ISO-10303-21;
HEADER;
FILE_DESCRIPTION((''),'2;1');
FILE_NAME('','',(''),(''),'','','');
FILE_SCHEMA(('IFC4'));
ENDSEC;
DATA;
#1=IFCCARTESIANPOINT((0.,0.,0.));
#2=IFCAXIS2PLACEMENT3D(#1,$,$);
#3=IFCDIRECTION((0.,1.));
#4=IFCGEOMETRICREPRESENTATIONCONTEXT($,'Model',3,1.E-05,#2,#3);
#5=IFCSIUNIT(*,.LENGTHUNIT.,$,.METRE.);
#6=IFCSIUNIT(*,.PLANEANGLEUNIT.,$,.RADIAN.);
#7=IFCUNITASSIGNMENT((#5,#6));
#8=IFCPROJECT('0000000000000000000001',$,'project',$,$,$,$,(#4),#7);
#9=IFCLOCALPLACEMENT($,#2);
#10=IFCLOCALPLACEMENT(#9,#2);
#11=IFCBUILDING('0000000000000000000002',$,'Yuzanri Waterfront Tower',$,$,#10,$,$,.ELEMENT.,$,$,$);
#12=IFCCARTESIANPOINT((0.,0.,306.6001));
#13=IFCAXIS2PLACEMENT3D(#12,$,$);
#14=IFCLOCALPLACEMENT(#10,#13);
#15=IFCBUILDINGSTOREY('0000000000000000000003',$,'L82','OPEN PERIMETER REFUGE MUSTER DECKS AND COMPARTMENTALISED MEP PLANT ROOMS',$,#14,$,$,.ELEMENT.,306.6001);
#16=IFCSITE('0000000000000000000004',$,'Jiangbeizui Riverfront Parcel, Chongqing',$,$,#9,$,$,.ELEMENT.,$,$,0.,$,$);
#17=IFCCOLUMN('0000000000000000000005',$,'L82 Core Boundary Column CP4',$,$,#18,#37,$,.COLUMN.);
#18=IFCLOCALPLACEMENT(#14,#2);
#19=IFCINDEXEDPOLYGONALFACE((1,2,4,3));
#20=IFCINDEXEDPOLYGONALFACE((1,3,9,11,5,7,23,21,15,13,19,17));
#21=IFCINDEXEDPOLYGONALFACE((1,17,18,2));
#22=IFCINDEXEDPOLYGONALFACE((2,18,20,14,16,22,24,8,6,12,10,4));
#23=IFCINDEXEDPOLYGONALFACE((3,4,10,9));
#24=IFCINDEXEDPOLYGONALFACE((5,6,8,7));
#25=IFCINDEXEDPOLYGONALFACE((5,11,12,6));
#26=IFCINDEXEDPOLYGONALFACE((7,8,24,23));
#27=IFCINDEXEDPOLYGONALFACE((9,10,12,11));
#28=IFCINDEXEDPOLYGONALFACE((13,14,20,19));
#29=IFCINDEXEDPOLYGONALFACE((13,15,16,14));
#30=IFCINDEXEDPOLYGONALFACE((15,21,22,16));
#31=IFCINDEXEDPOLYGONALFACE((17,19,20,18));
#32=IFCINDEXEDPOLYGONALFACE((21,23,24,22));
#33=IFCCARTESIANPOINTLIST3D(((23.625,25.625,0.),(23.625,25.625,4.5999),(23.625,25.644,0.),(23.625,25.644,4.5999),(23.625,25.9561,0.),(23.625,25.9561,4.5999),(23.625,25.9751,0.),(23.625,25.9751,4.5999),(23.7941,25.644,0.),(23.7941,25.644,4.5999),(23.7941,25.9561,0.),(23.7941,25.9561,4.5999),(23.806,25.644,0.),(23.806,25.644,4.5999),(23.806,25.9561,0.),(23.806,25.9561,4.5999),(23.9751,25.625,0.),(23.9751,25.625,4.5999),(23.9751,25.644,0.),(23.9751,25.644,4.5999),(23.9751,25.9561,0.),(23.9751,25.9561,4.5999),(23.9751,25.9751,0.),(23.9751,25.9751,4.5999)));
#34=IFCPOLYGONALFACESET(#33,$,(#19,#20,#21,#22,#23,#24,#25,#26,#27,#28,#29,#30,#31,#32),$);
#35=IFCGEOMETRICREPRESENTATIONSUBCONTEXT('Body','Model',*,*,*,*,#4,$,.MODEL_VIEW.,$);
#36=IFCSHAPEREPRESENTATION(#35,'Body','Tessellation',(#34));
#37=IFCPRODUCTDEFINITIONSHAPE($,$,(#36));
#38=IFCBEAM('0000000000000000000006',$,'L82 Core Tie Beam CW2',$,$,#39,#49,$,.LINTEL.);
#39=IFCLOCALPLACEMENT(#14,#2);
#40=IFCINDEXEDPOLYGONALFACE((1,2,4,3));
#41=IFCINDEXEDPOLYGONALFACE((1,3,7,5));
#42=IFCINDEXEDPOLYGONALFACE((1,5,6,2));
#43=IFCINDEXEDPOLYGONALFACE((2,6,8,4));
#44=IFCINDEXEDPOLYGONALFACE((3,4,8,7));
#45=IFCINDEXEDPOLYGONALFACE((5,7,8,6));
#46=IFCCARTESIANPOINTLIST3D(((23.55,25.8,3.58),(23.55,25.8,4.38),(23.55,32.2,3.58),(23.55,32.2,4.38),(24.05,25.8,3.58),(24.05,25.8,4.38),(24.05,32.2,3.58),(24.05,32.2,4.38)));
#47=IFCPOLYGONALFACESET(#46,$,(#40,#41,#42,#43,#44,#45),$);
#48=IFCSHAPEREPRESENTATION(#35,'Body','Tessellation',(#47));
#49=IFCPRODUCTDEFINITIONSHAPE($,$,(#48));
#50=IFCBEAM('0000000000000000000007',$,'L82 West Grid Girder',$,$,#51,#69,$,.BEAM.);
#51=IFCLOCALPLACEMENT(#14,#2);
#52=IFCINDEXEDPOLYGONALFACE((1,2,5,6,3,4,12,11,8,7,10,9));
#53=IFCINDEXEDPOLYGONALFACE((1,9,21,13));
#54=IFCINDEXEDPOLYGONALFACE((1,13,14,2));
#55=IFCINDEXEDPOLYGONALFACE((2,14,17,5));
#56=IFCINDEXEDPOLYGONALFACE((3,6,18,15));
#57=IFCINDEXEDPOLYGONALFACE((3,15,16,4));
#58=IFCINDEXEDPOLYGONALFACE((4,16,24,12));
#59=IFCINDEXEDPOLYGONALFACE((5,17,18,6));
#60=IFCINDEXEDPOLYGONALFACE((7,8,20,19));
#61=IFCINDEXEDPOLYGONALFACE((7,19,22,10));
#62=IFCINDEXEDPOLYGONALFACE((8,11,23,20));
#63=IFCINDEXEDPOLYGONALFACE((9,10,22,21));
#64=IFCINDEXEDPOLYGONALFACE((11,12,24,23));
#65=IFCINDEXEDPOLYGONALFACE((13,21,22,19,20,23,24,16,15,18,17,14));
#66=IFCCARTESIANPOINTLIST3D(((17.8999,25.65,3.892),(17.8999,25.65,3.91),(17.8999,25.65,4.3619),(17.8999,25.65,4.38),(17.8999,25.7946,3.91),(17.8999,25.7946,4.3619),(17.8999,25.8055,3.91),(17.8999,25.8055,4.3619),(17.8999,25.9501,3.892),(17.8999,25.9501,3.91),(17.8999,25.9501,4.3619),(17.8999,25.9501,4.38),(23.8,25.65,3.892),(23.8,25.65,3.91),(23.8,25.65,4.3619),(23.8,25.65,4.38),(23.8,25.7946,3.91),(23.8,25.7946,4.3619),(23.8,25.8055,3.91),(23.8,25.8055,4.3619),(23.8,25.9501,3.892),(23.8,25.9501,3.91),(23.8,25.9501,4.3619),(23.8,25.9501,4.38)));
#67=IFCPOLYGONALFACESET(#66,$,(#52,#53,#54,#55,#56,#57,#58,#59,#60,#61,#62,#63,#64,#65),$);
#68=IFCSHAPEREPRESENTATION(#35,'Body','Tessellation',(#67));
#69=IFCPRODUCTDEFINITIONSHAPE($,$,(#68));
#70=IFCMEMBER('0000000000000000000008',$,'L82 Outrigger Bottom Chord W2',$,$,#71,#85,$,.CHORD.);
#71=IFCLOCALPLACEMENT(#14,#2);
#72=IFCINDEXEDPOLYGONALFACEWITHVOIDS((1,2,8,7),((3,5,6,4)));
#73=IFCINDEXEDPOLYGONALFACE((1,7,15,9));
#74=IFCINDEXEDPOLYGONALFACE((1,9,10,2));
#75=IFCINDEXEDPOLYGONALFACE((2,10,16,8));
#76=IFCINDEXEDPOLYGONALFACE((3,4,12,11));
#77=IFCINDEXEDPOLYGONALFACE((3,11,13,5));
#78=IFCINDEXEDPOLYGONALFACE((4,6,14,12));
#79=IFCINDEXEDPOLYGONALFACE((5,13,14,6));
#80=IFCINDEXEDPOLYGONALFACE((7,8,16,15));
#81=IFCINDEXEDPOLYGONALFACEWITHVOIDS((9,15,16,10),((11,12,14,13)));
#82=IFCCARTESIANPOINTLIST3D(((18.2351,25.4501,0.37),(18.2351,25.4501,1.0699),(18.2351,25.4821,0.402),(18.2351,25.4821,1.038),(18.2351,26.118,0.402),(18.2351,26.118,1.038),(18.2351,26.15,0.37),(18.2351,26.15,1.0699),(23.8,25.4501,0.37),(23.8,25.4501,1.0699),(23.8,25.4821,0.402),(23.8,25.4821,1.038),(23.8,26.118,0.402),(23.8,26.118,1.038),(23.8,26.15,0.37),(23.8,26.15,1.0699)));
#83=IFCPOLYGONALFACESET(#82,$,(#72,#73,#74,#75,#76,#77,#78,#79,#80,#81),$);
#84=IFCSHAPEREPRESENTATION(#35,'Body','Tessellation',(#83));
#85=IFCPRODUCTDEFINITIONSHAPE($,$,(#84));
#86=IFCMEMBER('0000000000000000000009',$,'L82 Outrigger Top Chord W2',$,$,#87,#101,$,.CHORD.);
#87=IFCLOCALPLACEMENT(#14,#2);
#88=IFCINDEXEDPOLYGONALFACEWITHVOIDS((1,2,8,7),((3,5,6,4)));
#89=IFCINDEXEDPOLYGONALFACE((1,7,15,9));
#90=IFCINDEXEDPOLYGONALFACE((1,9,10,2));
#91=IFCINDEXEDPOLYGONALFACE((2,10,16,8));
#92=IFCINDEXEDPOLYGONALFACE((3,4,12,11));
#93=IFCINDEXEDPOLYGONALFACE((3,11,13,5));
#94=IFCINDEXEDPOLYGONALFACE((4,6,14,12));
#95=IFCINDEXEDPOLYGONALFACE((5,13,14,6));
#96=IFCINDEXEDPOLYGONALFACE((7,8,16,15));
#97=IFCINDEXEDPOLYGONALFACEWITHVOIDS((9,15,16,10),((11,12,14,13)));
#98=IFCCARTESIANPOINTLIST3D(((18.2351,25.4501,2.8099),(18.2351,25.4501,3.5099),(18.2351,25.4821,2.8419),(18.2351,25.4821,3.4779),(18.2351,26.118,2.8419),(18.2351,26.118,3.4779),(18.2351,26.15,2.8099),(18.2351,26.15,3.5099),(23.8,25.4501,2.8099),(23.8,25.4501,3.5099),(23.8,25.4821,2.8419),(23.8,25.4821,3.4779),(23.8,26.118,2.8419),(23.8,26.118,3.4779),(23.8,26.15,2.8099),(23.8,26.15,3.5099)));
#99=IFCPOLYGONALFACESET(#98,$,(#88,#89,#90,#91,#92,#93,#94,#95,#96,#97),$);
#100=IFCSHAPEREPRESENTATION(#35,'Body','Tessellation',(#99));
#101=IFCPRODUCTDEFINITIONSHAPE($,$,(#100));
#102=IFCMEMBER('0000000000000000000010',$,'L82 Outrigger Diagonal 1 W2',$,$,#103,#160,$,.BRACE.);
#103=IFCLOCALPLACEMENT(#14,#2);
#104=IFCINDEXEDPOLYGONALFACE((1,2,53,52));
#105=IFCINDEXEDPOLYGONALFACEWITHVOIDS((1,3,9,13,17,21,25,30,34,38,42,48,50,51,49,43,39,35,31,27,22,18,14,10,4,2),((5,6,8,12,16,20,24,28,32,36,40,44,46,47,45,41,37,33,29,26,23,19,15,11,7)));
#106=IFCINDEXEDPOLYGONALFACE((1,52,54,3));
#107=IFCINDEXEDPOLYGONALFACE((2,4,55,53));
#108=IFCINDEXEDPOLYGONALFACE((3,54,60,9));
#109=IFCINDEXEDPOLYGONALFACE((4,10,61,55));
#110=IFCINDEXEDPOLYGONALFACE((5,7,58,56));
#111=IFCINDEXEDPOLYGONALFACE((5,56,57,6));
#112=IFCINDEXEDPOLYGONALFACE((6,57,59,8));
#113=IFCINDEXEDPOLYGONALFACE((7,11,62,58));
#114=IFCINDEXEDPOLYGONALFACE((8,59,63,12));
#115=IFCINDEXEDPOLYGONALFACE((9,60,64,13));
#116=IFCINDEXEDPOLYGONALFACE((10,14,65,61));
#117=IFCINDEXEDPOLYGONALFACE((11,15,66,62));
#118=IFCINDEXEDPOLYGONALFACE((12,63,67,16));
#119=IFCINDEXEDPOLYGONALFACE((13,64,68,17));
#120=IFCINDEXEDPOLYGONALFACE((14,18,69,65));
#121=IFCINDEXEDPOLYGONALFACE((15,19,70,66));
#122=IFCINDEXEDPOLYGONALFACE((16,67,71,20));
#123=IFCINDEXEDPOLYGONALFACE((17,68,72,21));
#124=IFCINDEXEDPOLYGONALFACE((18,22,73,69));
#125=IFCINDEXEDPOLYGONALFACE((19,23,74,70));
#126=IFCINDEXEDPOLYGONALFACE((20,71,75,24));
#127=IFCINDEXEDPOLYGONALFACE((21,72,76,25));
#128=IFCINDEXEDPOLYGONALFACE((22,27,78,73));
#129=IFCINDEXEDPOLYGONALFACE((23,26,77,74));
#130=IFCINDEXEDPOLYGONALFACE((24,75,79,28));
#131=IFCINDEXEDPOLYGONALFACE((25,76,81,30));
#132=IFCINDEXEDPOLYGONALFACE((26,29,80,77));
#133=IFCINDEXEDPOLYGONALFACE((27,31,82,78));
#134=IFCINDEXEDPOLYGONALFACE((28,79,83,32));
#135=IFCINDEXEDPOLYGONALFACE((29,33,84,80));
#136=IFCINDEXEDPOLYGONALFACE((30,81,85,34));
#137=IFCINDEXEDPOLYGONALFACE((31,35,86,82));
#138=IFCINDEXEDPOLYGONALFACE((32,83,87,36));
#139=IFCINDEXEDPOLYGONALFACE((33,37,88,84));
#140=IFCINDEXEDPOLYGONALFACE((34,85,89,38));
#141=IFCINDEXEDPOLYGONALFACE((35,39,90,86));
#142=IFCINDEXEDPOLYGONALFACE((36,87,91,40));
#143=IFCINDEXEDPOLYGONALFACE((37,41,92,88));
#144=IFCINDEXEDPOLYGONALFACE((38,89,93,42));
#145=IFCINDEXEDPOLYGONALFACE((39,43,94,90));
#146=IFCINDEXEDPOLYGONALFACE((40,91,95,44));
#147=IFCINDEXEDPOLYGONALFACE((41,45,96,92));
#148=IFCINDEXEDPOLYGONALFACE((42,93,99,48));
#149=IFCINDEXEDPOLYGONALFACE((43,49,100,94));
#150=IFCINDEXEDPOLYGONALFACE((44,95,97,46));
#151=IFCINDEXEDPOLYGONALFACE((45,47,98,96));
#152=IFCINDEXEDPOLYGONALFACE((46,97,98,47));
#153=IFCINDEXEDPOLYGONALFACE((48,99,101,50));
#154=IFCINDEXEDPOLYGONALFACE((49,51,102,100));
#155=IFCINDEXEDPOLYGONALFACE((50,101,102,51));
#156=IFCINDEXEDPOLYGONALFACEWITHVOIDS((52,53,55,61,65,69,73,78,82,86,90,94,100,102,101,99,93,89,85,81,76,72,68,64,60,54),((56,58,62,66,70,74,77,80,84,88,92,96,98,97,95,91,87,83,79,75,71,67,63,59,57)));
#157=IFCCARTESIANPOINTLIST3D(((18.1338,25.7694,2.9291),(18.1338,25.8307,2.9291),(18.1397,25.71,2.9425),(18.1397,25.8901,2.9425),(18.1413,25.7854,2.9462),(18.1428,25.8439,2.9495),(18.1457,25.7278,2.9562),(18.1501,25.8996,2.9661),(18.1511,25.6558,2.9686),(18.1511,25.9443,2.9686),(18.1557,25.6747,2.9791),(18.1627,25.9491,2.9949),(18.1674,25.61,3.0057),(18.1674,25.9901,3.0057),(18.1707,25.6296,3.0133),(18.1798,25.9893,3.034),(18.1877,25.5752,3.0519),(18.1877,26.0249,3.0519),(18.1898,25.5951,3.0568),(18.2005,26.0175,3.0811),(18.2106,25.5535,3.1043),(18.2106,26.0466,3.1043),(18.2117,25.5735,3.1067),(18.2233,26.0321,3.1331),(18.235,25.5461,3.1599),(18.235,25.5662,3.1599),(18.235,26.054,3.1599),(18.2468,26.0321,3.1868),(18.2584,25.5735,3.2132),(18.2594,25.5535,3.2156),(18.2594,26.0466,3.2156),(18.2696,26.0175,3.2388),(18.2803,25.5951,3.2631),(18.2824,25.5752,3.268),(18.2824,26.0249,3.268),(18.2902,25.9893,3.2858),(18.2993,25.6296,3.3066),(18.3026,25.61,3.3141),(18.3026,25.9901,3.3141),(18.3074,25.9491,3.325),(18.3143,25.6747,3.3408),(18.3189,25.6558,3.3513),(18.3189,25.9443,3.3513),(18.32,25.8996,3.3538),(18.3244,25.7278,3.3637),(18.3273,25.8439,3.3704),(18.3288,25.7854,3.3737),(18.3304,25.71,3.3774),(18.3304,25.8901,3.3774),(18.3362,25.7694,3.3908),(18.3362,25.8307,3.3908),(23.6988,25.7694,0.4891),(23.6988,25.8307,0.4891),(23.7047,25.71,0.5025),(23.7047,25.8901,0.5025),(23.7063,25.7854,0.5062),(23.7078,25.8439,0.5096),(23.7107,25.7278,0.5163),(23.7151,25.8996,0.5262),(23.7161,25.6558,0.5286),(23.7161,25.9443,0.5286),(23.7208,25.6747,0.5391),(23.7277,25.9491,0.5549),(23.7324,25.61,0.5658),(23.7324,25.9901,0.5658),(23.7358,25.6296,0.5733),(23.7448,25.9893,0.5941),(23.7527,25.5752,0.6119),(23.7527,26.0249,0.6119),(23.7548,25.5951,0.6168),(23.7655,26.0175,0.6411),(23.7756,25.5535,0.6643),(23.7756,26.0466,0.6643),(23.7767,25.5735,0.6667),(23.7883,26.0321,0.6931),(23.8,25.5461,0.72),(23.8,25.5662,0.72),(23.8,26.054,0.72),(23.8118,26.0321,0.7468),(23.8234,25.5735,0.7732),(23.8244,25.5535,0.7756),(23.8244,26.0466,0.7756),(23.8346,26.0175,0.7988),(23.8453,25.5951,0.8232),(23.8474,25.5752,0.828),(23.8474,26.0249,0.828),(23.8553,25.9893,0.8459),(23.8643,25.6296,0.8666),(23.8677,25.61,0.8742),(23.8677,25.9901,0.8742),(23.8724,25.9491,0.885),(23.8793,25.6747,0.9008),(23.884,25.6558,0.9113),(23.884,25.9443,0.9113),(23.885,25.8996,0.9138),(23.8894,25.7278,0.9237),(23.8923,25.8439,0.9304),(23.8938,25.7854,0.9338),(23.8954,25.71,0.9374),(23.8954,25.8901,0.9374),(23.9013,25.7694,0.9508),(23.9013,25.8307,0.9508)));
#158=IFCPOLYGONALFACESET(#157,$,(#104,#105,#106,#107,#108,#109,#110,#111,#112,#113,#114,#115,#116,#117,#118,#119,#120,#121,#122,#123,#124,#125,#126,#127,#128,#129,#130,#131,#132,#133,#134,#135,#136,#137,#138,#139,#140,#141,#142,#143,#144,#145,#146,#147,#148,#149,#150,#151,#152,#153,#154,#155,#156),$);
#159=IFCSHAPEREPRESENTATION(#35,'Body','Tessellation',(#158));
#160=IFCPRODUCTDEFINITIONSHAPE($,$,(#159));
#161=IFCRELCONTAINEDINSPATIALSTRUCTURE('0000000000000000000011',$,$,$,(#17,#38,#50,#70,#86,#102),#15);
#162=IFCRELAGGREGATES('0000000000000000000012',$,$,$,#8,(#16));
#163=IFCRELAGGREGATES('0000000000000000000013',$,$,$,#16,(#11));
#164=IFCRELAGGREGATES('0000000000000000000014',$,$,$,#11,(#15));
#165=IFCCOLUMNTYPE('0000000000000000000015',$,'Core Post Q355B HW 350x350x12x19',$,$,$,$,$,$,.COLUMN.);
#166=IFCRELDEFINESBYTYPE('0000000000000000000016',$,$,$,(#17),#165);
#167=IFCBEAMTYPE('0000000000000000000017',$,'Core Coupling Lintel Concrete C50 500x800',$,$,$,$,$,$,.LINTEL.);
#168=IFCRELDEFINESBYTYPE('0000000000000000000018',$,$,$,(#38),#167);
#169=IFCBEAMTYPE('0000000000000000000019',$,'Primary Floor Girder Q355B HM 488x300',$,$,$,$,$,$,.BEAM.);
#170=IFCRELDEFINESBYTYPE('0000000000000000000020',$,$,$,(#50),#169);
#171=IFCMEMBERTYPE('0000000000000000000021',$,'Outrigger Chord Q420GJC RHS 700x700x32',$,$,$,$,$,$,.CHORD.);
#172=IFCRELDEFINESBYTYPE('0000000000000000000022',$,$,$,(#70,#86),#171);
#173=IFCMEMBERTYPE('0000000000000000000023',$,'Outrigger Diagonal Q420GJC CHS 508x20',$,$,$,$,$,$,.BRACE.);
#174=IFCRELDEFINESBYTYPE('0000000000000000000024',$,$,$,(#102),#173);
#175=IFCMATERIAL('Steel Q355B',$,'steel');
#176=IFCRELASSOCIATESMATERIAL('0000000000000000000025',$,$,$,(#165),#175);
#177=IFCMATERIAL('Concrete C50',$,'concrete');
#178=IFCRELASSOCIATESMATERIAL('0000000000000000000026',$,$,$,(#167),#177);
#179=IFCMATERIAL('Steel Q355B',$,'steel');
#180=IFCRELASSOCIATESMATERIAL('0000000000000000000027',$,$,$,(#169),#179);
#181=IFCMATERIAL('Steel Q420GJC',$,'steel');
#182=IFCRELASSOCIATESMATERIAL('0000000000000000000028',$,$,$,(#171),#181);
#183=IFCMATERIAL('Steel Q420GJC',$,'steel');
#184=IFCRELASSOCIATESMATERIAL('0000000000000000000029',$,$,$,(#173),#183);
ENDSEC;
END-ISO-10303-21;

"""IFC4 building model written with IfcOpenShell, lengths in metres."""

from ifc_helpers import new_model, si_unit, direction, frame, origin, origin_2d, place, context, subcontext, project, spatial, rectangle, hollow_rectangle, hollow_circle, i_section, extrude, source, transform, mapped, material, material_profile, profile_set, type_object, element, save


model = new_model("IFC4")

# Units and contexts
model_context = context("Model", 3, precision=1e-05, world=origin(), true_north=direction((0.0, 1.0)))
body_context = subcontext(model_context, "Body", "Model", "MODEL_VIEW")
ifc_project = project(units=[si_unit("LENGTHUNIT", "METRE"), si_unit("PLANEANGLEUNIT", "RADIAN")], contexts=[model_context])

# Site, building, storey
site_placement = place(None, origin())
site = spatial("IfcSite", under=ifc_project, at=site_placement, Name="Jiangbeizui Riverfront Parcel, Chongqing", CompositionType="ELEMENT", RefElevation=0.0)
building_placement = place(site_placement, origin())
building = spatial("IfcBuilding", under=site, at=building_placement, Name="Yuzanri Waterfront Tower", CompositionType="ELEMENT")
storey_placement = place(building_placement, frame((0.0, 0.0, 306.6001)))
storey = spatial("IfcBuildingStorey", under=building, at=storey_placement, Name="L82", Description="OPEN PERIMETER REFUGE MUSTER DECKS AND COMPARTMENTALISED MEP PLANT ROOMS", CompositionType="ELEMENT", Elevation=306.6001)

# Column
ifc_material_1 = material(Name="Steel Q355B", Category="steel")
ifc_material_profile_1 = material_profile(ifc_material_1, i_section(OverallWidth=0.3501, OverallDepth=0.3501, WebThickness=0.012, FlangeThickness=0.019, at=origin_2d()), Name="HW 350x350x12x19")
ifc_profile_set_1 = profile_set([ifc_material_profile_1], Name="Steel Q355B")
column_type = type_object("IfcColumnType", Name="Core Post Q355B HW 350x350x12x19", PredefinedType="COLUMN", material=ifc_profile_set_1)
shared_shape_1 = source(origin(), body_context, "Body", "SweptSolid", [
    extrude(i_section(OverallWidth=0.3501, OverallDepth=0.3501, WebThickness=0.012, FlangeThickness=0.019, at=origin_2d()), origin(), (0.0, 0.0, 1.0), 4.5999),
])
column_placement = place(storey_placement, frame((23.8, 25.8, 0.0), z_axis=(0.0, 0.0, 1.0), x_axis=(1.0, 0.0, 0.0)))
element("IfcColumn", 1, at=column_placement, inside=storey, type_object=column_type, Name="L82 Core Boundary Column CP4", PredefinedType="COLUMN", context=body_context, shape_type="MappedRepresentation", body=[
    mapped(shared_shape_1, transform((0.0, 0.0, 0.0), scale=1.0)),
])

# Beams
ifc_material_2 = material(Name="Concrete C50", Category="concrete")
ifc_material_profile_2 = material_profile(ifc_material_2, rectangle(XDim=0.5, YDim=0.8, at=origin_2d()), Name="RC 500x800")
ifc_profile_set_2 = profile_set([ifc_material_profile_2], Name="Concrete C50")
beam_type_1 = type_object("IfcBeamType", Name="Core Coupling Lintel Concrete C50 500x800", PredefinedType="LINTEL", material=ifc_profile_set_2)
shared_shape_2 = source(origin(), body_context, "Body", "SweptSolid", [
    extrude(rectangle(XDim=0.5, YDim=0.8, at=origin_2d()), origin(), (0.0, 0.0, 1.0), 6.3999),
])
beam_1_placement = place(storey_placement, frame((23.8, 25.8, 3.98), z_axis=(0.0, 1.0, 0.0), x_axis=(-1.0, 0.0, 0.0)))
element("IfcBeam", 2, at=beam_1_placement, inside=storey, type_object=beam_type_1, Name="L82 Core Tie Beam CW2", PredefinedType="LINTEL", context=body_context, shape_type="MappedRepresentation", body=[
    mapped(shared_shape_2, transform((0.0, 0.0, 0.0), scale=1.0)),
])
ifc_material_3 = material(Name="Steel Q355B", Category="steel")
ifc_material_profile_3 = material_profile(ifc_material_3, i_section(OverallWidth=0.3, OverallDepth=0.488, WebThickness=0.011, FlangeThickness=0.0181, at=origin_2d()), Name="HM 488x300x11x18")
ifc_profile_set_3 = profile_set([ifc_material_profile_3], Name="Steel Q355B")
beam_type_2 = type_object("IfcBeamType", Name="Primary Floor Girder Q355B HM 488x300", PredefinedType="BEAM", material=ifc_profile_set_3)
shared_shape_3 = source(origin(), body_context, "Body", "SweptSolid", [
    extrude(i_section(OverallWidth=0.3, OverallDepth=0.488, WebThickness=0.011, FlangeThickness=0.0181, at=origin_2d()), origin(), (0.0, 0.0, 1.0), 5.9001),
])
beam_2_placement = place(storey_placement, frame((23.8, 25.8, 4.136), z_axis=(-1.0, 0.0, 0.0), x_axis=(0.0, -1.0, 0.0)))
element("IfcBeam", 3, at=beam_2_placement, inside=storey, type_object=beam_type_2, Name="L82 West Grid Girder", PredefinedType="BEAM", context=body_context, shape_type="MappedRepresentation", body=[
    mapped(shared_shape_3, transform((0.0, 0.0, 0.0), scale=1.0)),
])

# Members
ifc_material_4 = material(Name="Steel Q420GJC", Category="steel")
ifc_material_profile_4 = material_profile(ifc_material_4, hollow_rectangle(XDim=0.7, YDim=0.7, WallThickness=0.032, at=origin_2d()), Name="RHS 700x700x32")
ifc_profile_set_4 = profile_set([ifc_material_profile_4], Name="Steel Q420GJC")
member_type_1 = type_object("IfcMemberType", Name="Outrigger Chord Q420GJC RHS 700x700x32", PredefinedType="CHORD", material=ifc_profile_set_4)
shared_shape_4 = source(origin(), body_context, "Body", "SweptSolid", [
    extrude(hollow_rectangle(XDim=0.7, YDim=0.7, WallThickness=0.032, at=origin_2d()), origin(), (0.0, 0.0, 1.0), 5.5649),
])
for number, where, z_axis, x_axis, name in (
    (4, (23.8, 25.8, 0.72), (-1.0, 0.0, 0.0), (0.0, -1.0, 0.0), "L82 Outrigger Bottom Chord W2"),
    (5, (23.8, 25.8, 3.1599), (-1.0, 0.0, 0.0), (0.0, -1.0, 0.0), "L82 Outrigger Top Chord W2"),
):
    element("IfcMember", number, at=place(storey_placement, frame(where, z_axis=z_axis, x_axis=x_axis)), inside=storey, type_object=member_type_1, Name=name, PredefinedType="CHORD", context=body_context, shape_type="MappedRepresentation", body=[
        mapped(shared_shape_4, transform((0.0, 0.0, 0.0), scale=1.0)),
    ])
ifc_material_5 = material(Name="Steel Q420GJC", Category="steel")
ifc_material_profile_5 = material_profile(ifc_material_5, hollow_circle(Radius=0.2539, WallThickness=0.02, at=origin_2d()), Name="CHS 508x20")
ifc_profile_set_5 = profile_set([ifc_material_profile_5], Name="Steel Q420GJC")
member_type_2 = type_object("IfcMemberType", Name="Outrigger Diagonal Q420GJC CHS 508x20", PredefinedType="BRACE", material=ifc_profile_set_5)
shared_shape_5 = source(origin(), body_context, "Body", "SweptSolid", [
    extrude(hollow_circle(Radius=0.2539, WallThickness=0.02, at=origin_2d()), origin(), (0.0, 0.0, 1.0), 6.0764),
])
for number, where, z_axis, x_axis, name in (
    (6, (23.8, 25.8, 0.72), (-0.915838, 0.0, 0.401548), (0.0, -1.0, 0.0), "L82 Outrigger Diagonal 1 W2"),
):
    element("IfcMember", number, at=place(storey_placement, frame(where, z_axis=z_axis, x_axis=x_axis)), inside=storey, type_object=member_type_2, Name=name, PredefinedType="BRACE", context=body_context, shape_type="MappedRepresentation", body=[
        mapped(shared_shape_5, transform((0.0, 0.0, 0.0), scale=1.0)),
    ])

save(model, "model.ifc")
